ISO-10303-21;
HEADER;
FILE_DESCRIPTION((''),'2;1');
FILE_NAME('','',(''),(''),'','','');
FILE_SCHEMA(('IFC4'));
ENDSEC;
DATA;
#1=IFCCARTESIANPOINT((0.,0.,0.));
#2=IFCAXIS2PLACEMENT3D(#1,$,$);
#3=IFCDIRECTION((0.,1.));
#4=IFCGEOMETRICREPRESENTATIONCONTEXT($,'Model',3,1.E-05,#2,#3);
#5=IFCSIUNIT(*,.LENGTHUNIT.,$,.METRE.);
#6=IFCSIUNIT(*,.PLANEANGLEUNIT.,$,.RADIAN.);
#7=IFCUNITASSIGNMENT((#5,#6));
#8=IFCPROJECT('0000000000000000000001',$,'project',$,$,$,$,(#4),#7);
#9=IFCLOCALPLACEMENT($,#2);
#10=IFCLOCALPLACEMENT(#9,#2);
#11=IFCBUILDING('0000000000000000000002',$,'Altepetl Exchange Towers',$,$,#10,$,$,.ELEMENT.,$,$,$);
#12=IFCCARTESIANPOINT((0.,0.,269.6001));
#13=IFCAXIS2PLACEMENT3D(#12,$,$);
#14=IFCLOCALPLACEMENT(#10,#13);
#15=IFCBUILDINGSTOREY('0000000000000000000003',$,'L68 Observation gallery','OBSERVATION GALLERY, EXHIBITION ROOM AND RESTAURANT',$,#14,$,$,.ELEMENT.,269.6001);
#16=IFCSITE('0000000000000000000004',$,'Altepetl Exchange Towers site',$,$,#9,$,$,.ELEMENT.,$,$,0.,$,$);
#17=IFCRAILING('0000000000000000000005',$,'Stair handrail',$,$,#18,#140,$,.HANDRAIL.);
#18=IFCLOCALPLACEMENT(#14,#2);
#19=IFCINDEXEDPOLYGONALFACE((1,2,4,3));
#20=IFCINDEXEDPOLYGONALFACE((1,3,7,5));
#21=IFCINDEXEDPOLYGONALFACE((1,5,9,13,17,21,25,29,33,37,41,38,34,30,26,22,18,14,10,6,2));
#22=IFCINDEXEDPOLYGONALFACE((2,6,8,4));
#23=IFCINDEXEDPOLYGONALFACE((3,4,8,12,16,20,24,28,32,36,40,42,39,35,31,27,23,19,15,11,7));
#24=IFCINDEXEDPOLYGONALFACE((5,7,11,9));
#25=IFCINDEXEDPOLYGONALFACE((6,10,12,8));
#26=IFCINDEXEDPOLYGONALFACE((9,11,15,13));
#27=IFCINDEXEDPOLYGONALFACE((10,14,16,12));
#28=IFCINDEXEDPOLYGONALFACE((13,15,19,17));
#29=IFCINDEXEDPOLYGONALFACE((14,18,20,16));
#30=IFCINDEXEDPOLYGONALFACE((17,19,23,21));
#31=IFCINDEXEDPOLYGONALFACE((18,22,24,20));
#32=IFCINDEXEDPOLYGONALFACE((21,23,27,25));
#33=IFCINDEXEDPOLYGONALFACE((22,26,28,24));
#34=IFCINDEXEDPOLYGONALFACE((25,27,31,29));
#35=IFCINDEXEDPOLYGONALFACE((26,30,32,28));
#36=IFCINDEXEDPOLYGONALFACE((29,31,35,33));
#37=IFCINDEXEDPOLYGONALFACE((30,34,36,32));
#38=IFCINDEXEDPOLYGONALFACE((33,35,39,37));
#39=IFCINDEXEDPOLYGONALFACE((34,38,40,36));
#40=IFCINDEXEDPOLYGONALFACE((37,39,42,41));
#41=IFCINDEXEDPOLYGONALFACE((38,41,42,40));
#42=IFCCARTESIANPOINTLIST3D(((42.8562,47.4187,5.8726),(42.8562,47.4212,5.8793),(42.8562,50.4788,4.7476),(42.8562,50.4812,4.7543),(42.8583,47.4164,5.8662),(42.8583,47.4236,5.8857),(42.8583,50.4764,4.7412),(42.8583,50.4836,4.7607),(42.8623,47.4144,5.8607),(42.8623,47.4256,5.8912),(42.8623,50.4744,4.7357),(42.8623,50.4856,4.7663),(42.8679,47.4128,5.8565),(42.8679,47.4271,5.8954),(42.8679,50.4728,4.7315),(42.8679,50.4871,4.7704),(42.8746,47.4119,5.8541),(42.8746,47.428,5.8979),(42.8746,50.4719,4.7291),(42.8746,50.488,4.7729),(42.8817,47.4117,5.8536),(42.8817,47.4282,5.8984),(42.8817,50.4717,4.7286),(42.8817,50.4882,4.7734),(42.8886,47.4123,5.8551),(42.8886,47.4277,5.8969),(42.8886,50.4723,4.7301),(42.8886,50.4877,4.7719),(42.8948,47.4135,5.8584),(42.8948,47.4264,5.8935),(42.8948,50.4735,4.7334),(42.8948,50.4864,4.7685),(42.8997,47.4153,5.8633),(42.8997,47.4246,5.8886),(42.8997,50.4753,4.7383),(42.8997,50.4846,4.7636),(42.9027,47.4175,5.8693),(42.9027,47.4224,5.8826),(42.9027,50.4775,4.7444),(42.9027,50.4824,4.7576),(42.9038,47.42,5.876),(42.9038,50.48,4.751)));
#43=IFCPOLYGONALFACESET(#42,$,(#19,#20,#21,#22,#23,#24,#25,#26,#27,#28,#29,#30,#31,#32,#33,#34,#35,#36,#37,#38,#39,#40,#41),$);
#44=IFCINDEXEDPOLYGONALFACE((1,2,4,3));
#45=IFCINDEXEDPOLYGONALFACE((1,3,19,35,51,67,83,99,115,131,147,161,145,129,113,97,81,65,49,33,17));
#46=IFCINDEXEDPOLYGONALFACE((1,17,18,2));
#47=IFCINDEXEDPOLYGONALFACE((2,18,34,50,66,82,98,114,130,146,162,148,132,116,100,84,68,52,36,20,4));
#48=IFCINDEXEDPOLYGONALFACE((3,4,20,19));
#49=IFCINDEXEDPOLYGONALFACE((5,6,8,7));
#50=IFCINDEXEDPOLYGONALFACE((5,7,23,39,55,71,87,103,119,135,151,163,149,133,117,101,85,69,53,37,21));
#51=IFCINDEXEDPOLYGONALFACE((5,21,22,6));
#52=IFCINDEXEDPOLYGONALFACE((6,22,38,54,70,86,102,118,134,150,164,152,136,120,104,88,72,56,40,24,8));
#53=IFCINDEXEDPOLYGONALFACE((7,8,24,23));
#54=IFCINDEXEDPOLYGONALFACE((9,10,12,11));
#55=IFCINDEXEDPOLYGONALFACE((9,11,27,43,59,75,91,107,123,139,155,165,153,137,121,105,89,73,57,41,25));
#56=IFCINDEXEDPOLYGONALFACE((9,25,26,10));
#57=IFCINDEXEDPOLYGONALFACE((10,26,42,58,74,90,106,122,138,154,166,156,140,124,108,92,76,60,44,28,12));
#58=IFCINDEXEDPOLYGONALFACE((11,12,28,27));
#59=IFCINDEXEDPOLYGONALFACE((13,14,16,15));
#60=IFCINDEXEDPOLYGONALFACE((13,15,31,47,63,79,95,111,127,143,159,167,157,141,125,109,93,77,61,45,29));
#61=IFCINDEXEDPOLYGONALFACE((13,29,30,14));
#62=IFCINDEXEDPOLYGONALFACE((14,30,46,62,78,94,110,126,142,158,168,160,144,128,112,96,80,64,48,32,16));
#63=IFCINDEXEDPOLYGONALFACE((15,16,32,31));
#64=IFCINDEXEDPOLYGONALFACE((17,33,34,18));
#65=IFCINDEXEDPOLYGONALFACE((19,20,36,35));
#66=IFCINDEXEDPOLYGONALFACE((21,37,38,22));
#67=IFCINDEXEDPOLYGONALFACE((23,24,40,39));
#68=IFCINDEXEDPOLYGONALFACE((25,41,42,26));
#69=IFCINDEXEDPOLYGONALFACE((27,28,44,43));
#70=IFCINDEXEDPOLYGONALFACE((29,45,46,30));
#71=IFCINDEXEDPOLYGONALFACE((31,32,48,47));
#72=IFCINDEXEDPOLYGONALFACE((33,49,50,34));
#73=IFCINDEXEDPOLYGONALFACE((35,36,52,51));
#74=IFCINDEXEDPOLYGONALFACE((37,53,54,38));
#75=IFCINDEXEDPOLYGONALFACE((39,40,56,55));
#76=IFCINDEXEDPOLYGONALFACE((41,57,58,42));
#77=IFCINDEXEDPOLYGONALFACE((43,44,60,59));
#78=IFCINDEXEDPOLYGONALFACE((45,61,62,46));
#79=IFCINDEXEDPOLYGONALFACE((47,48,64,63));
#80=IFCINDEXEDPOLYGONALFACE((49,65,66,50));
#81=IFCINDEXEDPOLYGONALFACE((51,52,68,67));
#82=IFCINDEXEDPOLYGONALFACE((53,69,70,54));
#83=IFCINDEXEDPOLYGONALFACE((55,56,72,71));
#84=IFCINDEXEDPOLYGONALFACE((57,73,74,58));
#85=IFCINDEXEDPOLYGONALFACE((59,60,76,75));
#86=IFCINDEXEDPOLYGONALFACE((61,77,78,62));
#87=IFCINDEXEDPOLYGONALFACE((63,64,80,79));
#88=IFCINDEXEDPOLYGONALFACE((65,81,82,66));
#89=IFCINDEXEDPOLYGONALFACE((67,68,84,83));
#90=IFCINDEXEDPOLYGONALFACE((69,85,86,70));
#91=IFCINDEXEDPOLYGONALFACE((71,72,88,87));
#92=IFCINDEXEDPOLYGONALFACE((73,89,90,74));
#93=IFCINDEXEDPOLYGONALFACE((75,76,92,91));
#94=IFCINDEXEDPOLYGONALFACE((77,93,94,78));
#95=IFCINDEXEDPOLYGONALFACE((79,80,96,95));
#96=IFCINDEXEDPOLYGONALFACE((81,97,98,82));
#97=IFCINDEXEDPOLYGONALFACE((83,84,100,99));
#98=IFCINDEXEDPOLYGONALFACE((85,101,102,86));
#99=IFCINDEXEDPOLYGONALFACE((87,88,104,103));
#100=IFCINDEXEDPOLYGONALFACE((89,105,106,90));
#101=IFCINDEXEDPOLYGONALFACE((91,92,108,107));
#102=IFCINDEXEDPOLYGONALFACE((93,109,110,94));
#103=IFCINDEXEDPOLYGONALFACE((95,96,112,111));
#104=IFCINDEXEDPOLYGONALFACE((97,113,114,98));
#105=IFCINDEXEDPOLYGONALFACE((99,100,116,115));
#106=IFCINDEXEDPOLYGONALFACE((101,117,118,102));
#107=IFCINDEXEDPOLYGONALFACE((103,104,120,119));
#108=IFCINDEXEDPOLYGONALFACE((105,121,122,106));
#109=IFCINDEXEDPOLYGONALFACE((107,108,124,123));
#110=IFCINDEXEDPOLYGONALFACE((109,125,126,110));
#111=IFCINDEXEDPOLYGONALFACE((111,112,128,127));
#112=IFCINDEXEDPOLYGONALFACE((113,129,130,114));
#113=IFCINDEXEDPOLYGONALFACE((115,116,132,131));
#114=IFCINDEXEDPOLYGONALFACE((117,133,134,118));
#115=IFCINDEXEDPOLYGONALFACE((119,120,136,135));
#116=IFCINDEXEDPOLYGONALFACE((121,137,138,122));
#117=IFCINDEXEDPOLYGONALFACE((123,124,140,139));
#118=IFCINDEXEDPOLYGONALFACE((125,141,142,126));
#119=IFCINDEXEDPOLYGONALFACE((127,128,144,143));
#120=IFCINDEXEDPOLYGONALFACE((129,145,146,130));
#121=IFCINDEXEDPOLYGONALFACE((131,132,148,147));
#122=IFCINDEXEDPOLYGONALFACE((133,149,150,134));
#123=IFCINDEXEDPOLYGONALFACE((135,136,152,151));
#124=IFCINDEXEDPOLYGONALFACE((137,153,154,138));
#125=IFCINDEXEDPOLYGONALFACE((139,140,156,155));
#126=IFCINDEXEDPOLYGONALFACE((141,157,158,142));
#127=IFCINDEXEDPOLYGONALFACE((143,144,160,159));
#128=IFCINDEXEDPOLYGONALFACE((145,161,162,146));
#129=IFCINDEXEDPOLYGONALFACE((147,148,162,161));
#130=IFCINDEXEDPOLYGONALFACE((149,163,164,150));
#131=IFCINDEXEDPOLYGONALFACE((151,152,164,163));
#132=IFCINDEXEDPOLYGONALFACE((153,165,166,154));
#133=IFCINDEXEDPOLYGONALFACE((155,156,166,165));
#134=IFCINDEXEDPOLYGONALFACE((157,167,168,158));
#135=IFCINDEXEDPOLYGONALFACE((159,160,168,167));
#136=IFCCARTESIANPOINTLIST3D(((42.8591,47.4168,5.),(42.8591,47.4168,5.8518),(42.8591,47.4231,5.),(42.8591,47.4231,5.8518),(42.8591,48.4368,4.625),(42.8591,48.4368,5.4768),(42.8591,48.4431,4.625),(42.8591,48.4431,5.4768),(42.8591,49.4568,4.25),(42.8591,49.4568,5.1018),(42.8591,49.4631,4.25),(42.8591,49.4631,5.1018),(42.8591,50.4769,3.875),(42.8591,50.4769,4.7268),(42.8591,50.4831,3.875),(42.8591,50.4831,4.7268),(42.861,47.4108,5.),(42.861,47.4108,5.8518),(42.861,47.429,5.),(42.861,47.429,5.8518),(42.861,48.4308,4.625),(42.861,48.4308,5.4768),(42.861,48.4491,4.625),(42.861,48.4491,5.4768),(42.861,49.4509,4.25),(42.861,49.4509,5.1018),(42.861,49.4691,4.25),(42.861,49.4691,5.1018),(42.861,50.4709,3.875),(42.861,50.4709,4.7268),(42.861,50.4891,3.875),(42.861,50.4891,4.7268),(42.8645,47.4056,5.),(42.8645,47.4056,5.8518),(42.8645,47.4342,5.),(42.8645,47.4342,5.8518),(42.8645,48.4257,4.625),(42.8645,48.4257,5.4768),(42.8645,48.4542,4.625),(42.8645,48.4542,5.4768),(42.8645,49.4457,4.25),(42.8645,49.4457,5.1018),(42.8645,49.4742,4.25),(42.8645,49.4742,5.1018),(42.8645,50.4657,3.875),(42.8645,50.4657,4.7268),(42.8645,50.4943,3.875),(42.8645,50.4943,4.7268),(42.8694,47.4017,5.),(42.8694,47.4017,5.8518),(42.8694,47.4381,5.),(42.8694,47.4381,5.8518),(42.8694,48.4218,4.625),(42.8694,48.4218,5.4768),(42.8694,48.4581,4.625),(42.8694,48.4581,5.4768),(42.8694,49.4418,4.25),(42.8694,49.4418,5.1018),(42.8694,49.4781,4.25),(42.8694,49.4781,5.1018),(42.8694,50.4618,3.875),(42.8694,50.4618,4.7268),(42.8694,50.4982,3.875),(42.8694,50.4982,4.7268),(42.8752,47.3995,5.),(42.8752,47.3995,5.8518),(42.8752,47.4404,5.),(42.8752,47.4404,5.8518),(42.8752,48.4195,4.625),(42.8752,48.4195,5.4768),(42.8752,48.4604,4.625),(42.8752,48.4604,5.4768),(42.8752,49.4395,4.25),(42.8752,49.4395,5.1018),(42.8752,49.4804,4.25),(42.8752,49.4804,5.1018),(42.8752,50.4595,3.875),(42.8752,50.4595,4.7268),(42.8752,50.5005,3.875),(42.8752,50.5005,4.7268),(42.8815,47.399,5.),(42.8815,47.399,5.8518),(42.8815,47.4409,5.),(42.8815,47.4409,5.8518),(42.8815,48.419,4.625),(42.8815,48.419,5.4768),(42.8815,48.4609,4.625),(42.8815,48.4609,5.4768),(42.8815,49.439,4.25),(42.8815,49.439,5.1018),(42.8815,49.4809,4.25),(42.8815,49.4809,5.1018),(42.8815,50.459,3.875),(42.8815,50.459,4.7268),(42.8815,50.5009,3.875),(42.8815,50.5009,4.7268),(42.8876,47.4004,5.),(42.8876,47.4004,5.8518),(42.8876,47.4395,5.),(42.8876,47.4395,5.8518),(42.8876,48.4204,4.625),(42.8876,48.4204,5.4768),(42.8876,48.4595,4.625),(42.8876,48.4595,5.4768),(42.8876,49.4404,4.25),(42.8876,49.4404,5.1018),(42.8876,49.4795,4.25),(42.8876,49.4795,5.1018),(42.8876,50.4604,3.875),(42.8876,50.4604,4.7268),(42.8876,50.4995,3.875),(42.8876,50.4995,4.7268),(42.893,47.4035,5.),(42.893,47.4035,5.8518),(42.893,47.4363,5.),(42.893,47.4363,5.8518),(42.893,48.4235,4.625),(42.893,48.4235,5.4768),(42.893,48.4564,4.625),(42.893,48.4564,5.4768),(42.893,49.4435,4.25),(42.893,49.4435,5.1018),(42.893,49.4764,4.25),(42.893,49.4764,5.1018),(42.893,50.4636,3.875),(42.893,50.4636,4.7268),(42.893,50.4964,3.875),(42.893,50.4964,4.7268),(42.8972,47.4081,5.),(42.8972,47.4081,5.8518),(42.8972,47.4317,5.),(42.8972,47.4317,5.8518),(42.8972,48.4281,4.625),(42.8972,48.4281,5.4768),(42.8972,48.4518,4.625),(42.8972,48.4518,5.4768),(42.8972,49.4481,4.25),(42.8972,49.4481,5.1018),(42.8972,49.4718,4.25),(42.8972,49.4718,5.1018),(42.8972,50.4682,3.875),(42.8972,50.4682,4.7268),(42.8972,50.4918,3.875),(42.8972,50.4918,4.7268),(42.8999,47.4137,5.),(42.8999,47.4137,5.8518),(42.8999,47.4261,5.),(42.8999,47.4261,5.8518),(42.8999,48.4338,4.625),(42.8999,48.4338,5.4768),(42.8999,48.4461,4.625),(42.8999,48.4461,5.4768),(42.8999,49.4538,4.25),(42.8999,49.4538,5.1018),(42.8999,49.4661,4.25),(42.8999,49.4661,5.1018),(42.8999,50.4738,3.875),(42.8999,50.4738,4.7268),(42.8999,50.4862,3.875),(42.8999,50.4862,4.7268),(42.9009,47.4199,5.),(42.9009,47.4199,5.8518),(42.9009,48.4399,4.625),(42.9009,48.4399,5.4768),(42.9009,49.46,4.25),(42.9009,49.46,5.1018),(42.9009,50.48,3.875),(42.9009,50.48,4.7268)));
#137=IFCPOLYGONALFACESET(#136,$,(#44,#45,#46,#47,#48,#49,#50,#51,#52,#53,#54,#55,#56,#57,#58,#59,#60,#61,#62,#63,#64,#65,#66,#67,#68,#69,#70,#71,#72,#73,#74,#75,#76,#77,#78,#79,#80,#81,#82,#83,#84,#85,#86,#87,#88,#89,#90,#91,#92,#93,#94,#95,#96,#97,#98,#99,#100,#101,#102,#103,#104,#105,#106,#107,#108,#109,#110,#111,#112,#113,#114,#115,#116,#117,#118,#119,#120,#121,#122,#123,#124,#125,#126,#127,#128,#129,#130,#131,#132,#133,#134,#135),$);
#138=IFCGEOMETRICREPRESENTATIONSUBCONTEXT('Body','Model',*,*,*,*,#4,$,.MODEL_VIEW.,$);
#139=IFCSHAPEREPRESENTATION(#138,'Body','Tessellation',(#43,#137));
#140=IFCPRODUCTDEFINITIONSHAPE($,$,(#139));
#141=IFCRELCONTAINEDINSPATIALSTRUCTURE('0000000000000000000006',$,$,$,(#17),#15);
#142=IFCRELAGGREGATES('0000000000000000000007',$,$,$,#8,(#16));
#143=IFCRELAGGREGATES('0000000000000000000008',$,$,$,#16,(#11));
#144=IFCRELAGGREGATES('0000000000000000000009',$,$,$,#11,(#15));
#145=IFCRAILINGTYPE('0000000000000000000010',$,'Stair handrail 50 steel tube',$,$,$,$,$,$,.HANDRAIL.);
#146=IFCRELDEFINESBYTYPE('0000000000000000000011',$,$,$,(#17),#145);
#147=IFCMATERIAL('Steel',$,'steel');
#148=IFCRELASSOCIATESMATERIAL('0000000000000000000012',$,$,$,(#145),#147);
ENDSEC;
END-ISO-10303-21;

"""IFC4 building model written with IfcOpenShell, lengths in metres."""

from ifc_helpers import new_model, si_unit, direction, frame, origin, origin_2d, place, context, subcontext, project, spatial, circle, extrude, source, transform, mapped, material, type_object, element, save


model = new_model("IFC4")

# Units and contexts
model_context = context("Model", 3, precision=1e-05, world=origin(), true_north=direction((0.0, 1.0)))
body_context = subcontext(model_context, "Body", "Model", "MODEL_VIEW")
ifc_project = project(units=[si_unit("LENGTHUNIT", "METRE"), si_unit("PLANEANGLEUNIT", "RADIAN")], contexts=[model_context])

# Site, building, storey
site_placement = place(None, origin())
site = spatial("IfcSite", under=ifc_project, at=site_placement, Name="Altepetl Exchange Towers site", CompositionType="ELEMENT", RefElevation=0.0)
building_placement = place(site_placement, origin())
building = spatial("IfcBuilding", under=site, at=building_placement, Name="Altepetl Exchange Towers", CompositionType="ELEMENT")
storey_placement = place(building_placement, frame((0.0, 0.0, 269.6001)))
storey = spatial("IfcBuildingStorey", under=building, at=storey_placement, Name="L68 Observation gallery", Description="OBSERVATION GALLERY, EXHIBITION ROOM AND RESTAURANT", CompositionType="ELEMENT", Elevation=269.6001)

# Railing
ifc_material_1 = material(Name="Steel", Category="steel")
railing_type = type_object("IfcRailingType", Name="Stair handrail 50 steel tube", PredefinedType="HANDRAIL", material=ifc_material_1)
shared_shape = source(origin(), body_context, "Body", "SweptSolid", [
    extrude(circle(Radius=0.021, at=origin_2d()), origin(), (0.0, 0.0, 1.0), 0.8518),
])
railing_1_placement = place(storey_placement, frame((42.8799, 50.48, 3.875)))
element("IfcRailing", 1, at=railing_1_placement, inside=storey, type_object=railing_type, Name="Stair handrail", PredefinedType="HANDRAIL", context=body_context, shape_type="SweptSolid", body=[
    extrude(circle(Radius=0.0239, at=origin_2d()), frame((0.0, 0.0, 0.876), z_axis=(0.0, -0.938581, 0.34506), x_axis=(1.0, 0.0, 0.0)), (0.0, 0.0, 1.0), 3.2603),
    mapped(shared_shape, transform((0.0, 0.0, 0.0))),
    mapped(shared_shape, transform((0.0, -1.02, 0.375))),
    mapped(shared_shape, transform((0.0, -2.04, 0.75))),
    mapped(shared_shape, transform((0.0, -3.0601, 1.125))),
])

save(model, "model.ifc")
